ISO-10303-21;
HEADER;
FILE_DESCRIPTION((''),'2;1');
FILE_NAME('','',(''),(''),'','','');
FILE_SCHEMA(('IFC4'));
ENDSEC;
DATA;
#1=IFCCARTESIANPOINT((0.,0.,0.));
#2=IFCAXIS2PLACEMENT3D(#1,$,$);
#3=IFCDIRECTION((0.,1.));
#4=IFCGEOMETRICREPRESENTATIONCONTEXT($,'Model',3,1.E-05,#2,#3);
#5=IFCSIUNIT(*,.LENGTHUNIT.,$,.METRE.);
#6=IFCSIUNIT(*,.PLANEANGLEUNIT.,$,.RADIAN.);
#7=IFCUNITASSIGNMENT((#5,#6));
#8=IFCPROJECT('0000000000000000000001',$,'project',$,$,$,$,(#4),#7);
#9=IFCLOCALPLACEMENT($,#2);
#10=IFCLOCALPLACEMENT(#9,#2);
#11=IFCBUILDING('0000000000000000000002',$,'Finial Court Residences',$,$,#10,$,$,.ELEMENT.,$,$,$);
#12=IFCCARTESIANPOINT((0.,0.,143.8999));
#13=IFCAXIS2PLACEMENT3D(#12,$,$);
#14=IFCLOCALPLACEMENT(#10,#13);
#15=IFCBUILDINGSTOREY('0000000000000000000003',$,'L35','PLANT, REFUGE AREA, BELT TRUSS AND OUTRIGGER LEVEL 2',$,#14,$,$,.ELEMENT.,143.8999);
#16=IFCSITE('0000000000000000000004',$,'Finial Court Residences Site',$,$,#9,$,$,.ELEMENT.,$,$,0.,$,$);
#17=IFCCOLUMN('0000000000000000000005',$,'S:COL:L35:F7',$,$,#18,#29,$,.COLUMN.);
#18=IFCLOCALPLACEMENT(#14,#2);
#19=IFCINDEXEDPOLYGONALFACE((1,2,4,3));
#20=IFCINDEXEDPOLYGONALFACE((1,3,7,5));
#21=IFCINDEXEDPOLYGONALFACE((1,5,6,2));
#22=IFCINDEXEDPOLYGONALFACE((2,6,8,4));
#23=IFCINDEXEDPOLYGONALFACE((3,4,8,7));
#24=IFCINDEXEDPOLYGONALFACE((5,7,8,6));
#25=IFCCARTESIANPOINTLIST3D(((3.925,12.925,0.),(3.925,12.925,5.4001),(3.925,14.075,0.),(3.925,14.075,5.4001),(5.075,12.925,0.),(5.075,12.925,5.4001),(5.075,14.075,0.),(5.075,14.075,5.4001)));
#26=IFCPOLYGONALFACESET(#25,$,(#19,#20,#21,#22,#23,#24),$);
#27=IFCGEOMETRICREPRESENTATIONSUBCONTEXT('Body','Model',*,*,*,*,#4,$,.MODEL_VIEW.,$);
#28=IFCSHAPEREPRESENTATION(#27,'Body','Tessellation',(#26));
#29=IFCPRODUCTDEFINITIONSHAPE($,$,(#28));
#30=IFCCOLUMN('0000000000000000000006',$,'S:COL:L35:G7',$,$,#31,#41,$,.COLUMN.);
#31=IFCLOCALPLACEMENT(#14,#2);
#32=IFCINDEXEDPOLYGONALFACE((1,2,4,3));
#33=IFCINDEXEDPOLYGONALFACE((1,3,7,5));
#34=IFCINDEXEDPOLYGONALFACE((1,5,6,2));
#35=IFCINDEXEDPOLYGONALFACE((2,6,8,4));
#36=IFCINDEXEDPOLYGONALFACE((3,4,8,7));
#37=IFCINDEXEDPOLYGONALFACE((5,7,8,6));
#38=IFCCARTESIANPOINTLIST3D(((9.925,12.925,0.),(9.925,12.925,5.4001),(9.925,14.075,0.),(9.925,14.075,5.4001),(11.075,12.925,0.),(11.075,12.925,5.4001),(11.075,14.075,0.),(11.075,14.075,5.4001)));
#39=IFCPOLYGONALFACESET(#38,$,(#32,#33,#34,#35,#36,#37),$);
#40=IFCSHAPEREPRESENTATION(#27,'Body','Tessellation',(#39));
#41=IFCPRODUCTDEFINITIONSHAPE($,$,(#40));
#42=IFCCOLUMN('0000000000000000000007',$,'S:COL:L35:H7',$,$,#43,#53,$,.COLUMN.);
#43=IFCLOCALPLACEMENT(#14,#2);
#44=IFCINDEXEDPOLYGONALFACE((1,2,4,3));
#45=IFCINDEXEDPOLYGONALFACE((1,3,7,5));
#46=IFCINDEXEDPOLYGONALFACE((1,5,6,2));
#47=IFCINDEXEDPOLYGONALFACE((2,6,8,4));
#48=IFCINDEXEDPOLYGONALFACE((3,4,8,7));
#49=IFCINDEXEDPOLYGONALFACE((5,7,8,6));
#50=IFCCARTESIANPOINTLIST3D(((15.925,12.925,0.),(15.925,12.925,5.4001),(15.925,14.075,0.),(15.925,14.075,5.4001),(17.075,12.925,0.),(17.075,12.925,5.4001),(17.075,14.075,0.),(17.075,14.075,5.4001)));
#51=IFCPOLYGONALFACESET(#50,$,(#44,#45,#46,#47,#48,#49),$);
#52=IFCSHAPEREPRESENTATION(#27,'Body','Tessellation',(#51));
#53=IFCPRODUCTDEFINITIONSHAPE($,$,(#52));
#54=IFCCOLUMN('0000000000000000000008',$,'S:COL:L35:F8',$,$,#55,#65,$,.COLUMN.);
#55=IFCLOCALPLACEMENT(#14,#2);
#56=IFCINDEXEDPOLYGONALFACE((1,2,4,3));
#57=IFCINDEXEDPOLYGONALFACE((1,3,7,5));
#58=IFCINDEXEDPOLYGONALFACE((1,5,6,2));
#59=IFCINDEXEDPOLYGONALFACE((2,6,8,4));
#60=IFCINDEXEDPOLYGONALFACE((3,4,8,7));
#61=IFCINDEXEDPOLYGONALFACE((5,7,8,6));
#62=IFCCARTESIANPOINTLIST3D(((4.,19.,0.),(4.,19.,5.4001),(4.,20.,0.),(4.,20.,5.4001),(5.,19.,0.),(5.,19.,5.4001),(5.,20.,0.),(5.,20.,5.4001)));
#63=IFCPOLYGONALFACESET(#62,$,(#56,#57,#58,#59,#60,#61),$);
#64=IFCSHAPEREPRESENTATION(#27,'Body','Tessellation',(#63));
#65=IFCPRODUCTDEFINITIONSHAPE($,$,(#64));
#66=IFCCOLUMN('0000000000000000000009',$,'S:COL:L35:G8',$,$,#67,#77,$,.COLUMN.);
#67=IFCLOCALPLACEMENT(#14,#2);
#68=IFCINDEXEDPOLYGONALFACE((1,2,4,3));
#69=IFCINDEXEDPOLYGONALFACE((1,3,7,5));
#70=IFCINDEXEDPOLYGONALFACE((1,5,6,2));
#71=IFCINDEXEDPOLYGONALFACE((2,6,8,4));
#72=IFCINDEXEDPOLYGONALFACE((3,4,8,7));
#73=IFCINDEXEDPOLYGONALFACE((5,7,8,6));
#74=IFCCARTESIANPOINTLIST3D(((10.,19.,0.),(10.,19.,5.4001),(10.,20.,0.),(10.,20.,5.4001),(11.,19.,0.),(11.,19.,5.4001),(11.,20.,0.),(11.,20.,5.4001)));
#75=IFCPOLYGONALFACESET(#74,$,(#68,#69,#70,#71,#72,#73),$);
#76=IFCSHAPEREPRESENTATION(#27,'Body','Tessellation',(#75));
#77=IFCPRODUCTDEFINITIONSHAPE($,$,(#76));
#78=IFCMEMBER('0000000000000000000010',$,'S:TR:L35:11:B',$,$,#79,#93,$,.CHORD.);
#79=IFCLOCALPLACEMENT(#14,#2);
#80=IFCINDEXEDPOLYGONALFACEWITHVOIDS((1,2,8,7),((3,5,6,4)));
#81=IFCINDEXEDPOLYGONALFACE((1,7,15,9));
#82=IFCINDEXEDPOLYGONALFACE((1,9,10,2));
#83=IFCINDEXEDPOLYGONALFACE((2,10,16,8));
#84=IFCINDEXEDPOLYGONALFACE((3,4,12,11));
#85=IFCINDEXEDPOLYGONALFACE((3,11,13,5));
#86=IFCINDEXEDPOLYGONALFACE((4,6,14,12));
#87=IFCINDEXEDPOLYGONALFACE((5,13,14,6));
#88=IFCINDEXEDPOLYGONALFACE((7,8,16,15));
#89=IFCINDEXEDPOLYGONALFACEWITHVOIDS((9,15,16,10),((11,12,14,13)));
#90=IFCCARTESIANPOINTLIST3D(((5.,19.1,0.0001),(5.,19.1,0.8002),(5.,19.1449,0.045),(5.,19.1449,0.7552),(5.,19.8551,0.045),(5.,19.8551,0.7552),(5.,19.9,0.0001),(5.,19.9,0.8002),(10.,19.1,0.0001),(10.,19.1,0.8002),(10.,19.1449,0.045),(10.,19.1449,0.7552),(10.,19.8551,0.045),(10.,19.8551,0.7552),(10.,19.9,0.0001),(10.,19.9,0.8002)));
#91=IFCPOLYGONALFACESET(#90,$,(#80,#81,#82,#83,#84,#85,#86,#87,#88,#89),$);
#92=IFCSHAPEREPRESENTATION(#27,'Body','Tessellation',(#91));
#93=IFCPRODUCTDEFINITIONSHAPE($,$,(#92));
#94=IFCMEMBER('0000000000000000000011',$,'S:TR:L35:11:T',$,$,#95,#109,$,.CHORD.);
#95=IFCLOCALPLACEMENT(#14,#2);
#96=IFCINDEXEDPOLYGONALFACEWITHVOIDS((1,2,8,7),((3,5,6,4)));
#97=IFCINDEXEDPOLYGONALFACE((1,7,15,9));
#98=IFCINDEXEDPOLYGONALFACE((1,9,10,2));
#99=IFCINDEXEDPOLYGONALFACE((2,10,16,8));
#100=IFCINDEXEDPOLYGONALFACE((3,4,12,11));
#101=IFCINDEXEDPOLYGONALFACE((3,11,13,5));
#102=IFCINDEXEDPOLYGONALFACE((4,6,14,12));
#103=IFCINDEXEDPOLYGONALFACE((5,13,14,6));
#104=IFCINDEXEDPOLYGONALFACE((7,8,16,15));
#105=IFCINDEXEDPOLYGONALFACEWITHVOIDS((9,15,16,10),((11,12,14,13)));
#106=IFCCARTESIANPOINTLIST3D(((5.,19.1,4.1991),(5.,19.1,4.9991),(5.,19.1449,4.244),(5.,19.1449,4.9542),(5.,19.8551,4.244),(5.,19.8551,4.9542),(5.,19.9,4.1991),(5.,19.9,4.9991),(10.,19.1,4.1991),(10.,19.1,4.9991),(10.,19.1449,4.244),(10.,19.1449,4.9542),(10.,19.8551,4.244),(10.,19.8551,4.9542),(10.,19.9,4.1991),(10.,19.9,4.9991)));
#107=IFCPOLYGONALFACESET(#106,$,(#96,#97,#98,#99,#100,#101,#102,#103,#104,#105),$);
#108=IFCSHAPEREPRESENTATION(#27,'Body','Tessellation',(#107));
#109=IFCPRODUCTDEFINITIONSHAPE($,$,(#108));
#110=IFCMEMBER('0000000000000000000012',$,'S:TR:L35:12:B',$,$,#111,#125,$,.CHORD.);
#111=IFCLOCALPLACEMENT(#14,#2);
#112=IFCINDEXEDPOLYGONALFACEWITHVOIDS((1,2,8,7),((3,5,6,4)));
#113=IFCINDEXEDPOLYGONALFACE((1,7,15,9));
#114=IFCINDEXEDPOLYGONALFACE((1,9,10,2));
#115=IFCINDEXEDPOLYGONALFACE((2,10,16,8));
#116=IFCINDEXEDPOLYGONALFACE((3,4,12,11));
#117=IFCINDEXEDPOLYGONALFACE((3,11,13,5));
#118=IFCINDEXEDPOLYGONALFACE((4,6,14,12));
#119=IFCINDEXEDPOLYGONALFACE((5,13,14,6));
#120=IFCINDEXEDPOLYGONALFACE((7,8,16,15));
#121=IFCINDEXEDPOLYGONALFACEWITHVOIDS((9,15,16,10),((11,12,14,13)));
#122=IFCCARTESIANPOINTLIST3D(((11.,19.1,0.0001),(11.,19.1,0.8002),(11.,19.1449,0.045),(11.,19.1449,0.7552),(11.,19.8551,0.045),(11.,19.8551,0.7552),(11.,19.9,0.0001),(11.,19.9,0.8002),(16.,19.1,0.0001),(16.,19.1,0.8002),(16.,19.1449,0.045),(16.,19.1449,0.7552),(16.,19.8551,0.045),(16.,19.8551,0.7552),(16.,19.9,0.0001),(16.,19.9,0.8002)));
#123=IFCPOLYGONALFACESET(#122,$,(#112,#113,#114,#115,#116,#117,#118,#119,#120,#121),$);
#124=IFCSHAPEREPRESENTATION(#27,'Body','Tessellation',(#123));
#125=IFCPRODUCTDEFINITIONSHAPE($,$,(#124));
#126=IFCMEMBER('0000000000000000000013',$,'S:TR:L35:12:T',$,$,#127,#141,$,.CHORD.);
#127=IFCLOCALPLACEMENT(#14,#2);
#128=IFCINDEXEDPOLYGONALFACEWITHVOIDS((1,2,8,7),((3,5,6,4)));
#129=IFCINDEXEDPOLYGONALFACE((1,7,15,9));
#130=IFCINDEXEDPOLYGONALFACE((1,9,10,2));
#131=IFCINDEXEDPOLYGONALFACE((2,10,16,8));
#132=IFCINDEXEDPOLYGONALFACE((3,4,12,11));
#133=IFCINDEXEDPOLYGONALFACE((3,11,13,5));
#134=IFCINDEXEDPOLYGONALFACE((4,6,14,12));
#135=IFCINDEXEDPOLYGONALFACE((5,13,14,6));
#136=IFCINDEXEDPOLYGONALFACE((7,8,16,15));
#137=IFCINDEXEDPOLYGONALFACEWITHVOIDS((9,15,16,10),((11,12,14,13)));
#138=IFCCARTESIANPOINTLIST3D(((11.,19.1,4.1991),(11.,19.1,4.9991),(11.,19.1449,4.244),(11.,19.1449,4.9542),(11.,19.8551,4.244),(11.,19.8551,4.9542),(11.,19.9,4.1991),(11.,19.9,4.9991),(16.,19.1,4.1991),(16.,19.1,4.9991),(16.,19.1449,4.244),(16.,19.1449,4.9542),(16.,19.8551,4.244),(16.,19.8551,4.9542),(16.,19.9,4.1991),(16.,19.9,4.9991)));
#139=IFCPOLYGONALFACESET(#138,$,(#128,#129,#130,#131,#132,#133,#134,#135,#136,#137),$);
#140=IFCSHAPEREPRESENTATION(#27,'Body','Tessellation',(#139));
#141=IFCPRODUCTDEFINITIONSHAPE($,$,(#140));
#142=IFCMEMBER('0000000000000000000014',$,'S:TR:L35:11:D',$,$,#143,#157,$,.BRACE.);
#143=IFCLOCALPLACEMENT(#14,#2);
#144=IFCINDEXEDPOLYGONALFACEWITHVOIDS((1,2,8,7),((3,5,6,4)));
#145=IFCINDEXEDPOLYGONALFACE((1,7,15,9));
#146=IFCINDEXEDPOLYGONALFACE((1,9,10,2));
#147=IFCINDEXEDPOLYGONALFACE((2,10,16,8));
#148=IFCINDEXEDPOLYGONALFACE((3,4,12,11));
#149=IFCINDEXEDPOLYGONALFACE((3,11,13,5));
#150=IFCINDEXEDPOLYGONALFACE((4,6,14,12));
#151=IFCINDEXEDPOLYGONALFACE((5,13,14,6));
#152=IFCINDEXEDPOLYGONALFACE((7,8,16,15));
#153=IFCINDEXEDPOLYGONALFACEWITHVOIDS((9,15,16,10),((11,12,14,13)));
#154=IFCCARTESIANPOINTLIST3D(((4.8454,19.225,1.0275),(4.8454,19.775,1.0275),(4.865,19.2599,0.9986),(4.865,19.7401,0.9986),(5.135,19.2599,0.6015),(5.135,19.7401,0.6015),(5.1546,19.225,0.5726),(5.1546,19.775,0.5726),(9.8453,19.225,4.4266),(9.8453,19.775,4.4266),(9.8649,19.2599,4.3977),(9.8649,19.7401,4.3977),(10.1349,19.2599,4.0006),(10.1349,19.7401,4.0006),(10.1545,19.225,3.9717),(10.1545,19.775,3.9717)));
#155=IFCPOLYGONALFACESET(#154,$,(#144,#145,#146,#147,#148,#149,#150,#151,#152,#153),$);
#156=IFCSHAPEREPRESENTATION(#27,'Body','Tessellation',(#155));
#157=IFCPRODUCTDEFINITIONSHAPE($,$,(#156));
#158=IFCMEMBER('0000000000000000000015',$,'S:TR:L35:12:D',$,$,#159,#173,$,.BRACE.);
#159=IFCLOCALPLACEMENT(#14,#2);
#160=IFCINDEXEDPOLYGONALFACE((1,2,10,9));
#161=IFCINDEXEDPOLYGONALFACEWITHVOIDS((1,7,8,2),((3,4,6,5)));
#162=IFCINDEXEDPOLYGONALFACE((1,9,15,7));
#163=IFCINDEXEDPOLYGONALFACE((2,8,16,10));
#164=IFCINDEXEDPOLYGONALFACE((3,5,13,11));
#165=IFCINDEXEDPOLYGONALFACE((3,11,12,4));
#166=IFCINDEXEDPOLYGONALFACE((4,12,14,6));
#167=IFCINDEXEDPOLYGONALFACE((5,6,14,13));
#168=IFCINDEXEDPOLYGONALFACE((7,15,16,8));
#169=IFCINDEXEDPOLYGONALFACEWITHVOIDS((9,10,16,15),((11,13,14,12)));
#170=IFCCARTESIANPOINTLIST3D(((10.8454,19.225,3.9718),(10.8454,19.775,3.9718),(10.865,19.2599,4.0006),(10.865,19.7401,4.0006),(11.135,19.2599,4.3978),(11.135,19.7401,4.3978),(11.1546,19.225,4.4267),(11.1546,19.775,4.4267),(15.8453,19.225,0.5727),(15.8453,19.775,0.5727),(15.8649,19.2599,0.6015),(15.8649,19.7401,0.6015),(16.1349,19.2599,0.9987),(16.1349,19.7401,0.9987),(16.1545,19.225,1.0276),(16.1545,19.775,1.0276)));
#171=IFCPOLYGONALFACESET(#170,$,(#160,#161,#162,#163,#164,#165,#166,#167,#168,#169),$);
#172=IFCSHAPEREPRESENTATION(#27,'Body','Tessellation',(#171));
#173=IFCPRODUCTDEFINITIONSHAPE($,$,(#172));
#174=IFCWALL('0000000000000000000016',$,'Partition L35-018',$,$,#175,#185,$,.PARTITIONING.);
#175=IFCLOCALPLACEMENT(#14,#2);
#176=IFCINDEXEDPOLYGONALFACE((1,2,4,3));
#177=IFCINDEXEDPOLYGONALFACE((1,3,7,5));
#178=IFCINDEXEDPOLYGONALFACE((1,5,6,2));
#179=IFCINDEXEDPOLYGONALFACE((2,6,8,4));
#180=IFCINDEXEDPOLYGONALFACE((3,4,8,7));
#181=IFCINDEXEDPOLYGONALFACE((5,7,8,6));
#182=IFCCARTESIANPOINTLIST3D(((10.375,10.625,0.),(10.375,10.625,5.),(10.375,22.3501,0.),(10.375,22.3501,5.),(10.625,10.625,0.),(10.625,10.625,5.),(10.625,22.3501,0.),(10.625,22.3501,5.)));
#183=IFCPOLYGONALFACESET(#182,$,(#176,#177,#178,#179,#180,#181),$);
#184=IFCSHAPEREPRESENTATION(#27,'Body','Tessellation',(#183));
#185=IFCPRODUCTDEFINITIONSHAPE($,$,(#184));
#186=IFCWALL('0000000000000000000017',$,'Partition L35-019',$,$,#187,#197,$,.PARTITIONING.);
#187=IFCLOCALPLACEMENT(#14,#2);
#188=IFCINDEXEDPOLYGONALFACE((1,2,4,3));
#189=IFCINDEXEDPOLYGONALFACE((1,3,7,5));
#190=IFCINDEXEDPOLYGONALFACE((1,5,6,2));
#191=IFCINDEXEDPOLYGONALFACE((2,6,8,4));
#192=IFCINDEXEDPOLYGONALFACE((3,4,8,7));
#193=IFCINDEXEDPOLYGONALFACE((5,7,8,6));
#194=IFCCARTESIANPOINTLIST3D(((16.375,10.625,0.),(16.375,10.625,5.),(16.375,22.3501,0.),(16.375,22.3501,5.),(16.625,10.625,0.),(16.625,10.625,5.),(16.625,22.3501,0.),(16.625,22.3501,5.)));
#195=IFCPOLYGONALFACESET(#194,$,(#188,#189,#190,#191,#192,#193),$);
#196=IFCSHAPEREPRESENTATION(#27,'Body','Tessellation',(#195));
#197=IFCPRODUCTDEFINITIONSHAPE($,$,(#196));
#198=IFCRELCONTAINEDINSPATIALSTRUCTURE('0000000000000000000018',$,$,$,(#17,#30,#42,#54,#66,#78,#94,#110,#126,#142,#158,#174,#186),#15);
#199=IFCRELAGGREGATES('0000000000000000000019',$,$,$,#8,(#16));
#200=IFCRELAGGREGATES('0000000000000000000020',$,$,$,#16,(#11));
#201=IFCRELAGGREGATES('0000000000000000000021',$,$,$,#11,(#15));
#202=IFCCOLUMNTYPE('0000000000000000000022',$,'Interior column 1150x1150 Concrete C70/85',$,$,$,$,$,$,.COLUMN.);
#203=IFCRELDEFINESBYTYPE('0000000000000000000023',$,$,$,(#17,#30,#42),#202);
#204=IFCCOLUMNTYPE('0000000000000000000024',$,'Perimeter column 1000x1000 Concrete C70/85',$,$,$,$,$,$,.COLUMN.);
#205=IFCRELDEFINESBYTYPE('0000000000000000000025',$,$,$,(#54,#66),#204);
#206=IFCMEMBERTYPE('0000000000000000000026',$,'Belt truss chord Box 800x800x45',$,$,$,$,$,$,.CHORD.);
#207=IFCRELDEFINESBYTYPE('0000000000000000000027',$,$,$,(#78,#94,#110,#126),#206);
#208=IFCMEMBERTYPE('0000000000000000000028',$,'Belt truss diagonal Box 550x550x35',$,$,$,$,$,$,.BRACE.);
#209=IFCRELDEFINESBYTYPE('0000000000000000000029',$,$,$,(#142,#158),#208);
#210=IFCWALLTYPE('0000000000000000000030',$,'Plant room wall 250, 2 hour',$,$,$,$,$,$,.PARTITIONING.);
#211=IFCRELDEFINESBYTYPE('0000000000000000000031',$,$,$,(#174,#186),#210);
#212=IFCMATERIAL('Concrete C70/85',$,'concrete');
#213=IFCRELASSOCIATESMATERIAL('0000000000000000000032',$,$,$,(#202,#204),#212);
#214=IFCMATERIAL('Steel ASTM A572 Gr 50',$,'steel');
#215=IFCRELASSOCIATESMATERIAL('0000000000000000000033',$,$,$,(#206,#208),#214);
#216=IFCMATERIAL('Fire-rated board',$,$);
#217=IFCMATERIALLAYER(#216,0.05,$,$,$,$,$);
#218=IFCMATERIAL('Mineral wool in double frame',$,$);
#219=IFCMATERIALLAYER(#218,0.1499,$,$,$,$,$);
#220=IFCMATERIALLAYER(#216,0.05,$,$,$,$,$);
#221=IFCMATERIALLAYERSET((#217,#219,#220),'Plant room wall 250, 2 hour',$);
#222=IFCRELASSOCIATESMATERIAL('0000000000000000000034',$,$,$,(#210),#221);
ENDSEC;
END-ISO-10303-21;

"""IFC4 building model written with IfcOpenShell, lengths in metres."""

from ifc_helpers import new_model, si_unit, direction, frame, frame_2d, origin, origin_2d, place, context, subcontext, project, spatial, rectangle, hollow_rectangle, extrude, material, layer, layer_set, material_profile, profile_set, type_object, element, save


model = new_model("IFC4")

# Units and contexts
model_context = context("Model", 3, precision=1e-05, world=origin(), true_north=direction((0.0, 1.0)))
body_context = subcontext(model_context, "Body", "Model", "MODEL_VIEW")
ifc_project = project(units=[si_unit("LENGTHUNIT", "METRE"), si_unit("PLANEANGLEUNIT", "RADIAN")], contexts=[model_context])

# Site, building, storey
site_placement = place(None, origin())
site = spatial("IfcSite", under=ifc_project, at=site_placement, Name="Finial Court Residences Site", CompositionType="ELEMENT", RefElevation=0.0)
building_placement = place(site_placement, origin())
building = spatial("IfcBuilding", under=site, at=building_placement, Name="Finial Court Residences", CompositionType="ELEMENT")
storey_placement = place(building_placement, frame((0.0, 0.0, 143.8999)))
storey = spatial("IfcBuildingStorey", under=building, at=storey_placement, Name="L35", Description="PLANT, REFUGE AREA, BELT TRUSS AND OUTRIGGER LEVEL 2", CompositionType="ELEMENT", Elevation=143.8999)

# Columns
ifc_material_1 = material(Name="Concrete C70/85", Category="concrete")
ifc_material_profile_1 = material_profile(ifc_material_1, rectangle(XDim=1.1499, YDim=1.1499, at=origin_2d()), Name="1150x1150")
ifc_profile_set_1 = profile_set([ifc_material_profile_1], Name="Concrete C70/85")
column_type_1 = type_object("IfcColumnType", Name="Interior column 1150x1150 Concrete C70/85", PredefinedType="COLUMN", material=ifc_profile_set_1)
for number, where, z_axis, x_axis, name in (
    (1, (4.5, 13.5, 0.0), (0.0, 0.0, 1.0), (1.0, 0.0, 0.0), "S:COL:L35:F7"),
    (2, (10.5, 13.5, 0.0), (0.0, 0.0, 1.0), (1.0, 0.0, 0.0), "S:COL:L35:G7"),
    (3, (16.5, 13.5, 0.0), (0.0, 0.0, 1.0), (1.0, 0.0, 0.0), "S:COL:L35:H7"),
):
    element("IfcColumn", number, at=place(storey_placement, frame(where, z_axis=z_axis, x_axis=x_axis)), inside=storey, type_object=column_type_1, Name=name, PredefinedType="COLUMN", context=body_context, shape_type="SweptSolid", body=[
        extrude(rectangle(XDim=1.1499, YDim=1.1499, at=origin_2d()), origin(), (0.0, 0.0, 1.0), 5.4001),
    ])
ifc_material_profile_2 = material_profile(ifc_material_1, rectangle(XDim=1.0, YDim=1.0, at=origin_2d()), Name="1000x1000")
ifc_profile_set_2 = profile_set([ifc_material_profile_2], Name="Concrete C70/85")
column_type_2 = type_object("IfcColumnType", Name="Perimeter column 1000x1000 Concrete C70/85", PredefinedType="COLUMN", material=ifc_profile_set_2)
for number, where, z_axis, x_axis, name in (
    (4, (4.5, 19.5, 0.0), (0.0, 0.0, 1.0), (1.0, 0.0, 0.0), "S:COL:L35:F8"),
    (5, (10.5, 19.5, 0.0), (0.0, 0.0, 1.0), (1.0, 0.0, 0.0), "S:COL:L35:G8"),
):
    element("IfcColumn", number, at=place(storey_placement, frame(where, z_axis=z_axis, x_axis=x_axis)), inside=storey, type_object=column_type_2, Name=name, PredefinedType="COLUMN", context=body_context, shape_type="SweptSolid", body=[
        extrude(rectangle(XDim=1.0, YDim=1.0, at=origin_2d()), origin(), (0.0, 0.0, 1.0), 5.4001),
    ])

# Members
ifc_material_2 = material(Name="Steel ASTM A572 Gr 50", Category="steel")
ifc_material_profile_3 = material_profile(ifc_material_2, hollow_rectangle(XDim=0.8, YDim=0.8, WallThickness=0.0449, at=origin_2d()), Name="Box 800x800x45")
ifc_profile_set_3 = profile_set([ifc_material_profile_3], Name="Steel ASTM A572 Gr 50")
member_type_1 = type_object("IfcMemberType", Name="Belt truss chord Box 800x800x45", PredefinedType="CHORD", material=ifc_profile_set_3)
for number, where, z_axis, x_axis, name in (
    (6, (5.0, 19.5, 0.4001), (1.0, 0.0, 0.0), (0.0, 1.0, 0.0), "S:TR:L35:11:B"),
    (7, (5.0, 19.5, 4.5991), (1.0, 0.0, 0.0), (0.0, 1.0, 0.0), "S:TR:L35:11:T"),
    (8, (11.0, 19.5, 0.4001), (1.0, 0.0, 0.0), (0.0, 1.0, 0.0), "S:TR:L35:12:B"),
    (9, (11.0, 19.5, 4.5991), (1.0, 0.0, 0.0), (0.0, 1.0, 0.0), "S:TR:L35:12:T"),
):
    element("IfcMember", number, at=place(storey_placement, frame(where, z_axis=z_axis, x_axis=x_axis)), inside=storey, type_object=member_type_1, Name=name, PredefinedType="CHORD", context=body_context, shape_type="SweptSolid", body=[
        extrude(hollow_rectangle(XDim=0.8, YDim=0.8, WallThickness=0.0449, at=origin_2d()), origin(), (0.0, 0.0, 1.0), 5.0),
    ])
ifc_material_profile_4 = material_profile(ifc_material_2, hollow_rectangle(XDim=0.55, YDim=0.55, WallThickness=0.0349, at=origin_2d()), Name="Box 550x550x35")
ifc_profile_set_4 = profile_set([ifc_material_profile_4], Name="Steel ASTM A572 Gr 50")
member_type_2 = type_object("IfcMemberType", Name="Belt truss diagonal Box 550x550x35", PredefinedType="BRACE", material=ifc_profile_set_4)
for number, where, z_axis, x_axis, name in (
    (10, (5.0, 19.5, 0.8), (0.82699, 0.0, 0.562216), (0.0, 1.0, 0.0), "S:TR:L35:11:D"),
    (11, (11.0, 19.5, 4.1992), (0.82699, 0.0, -0.562216), (0.0, 1.0, 0.0), "S:TR:L35:12:D"),
):
    element("IfcMember", number, at=place(storey_placement, frame(where, z_axis=z_axis, x_axis=x_axis)), inside=storey, type_object=member_type_2, Name=name, PredefinedType="BRACE", context=body_context, shape_type="SweptSolid", body=[
        extrude(hollow_rectangle(XDim=0.55, YDim=0.55, WallThickness=0.0349, at=origin_2d()), origin(), (0.0, 0.0, 1.0), 6.0459),
    ])

# Walls
ifc_material_3 = material(Name="Fire-rated board")
ifc_layer_1 = layer(ifc_material_3, 0.05)
ifc_material_4 = material(Name="Mineral wool in double frame")
ifc_layer_2 = layer(ifc_material_4, 0.1499)
ifc_layer_3 = layer(ifc_material_3, 0.05)
ifc_layer_set = layer_set([ifc_layer_1, ifc_layer_2, ifc_layer_3], Name="Plant room wall 250, 2 hour")
wall_type = type_object("IfcWallType", Name="Plant room wall 250, 2 hour", PredefinedType="PARTITIONING", material=ifc_layer_set)
for number, where, z_axis, x_axis, name in (
    (12, (10.5, 10.625, 0.0), (0.0, 0.0, 1.0), (0.0, 1.0, 0.0), "Partition L35-018"),
    (13, (16.5, 10.625, 0.0), (0.0, 0.0, 1.0), (0.0, 1.0, 0.0), "Partition L35-019"),
):
    element("IfcWall", number, at=place(storey_placement, frame(where, z_axis=z_axis, x_axis=x_axis)), inside=storey, type_object=wall_type, Name=name, PredefinedType="PARTITIONING", context=body_context, shape_type="SweptSolid", body=[
        extrude(rectangle(XDim=11.7251, YDim=0.25, at=frame_2d((5.8625, 0.0))), origin(), (0.0, 0.0, 1.0), 5.0),
    ])

save(model, "model.ifc")
